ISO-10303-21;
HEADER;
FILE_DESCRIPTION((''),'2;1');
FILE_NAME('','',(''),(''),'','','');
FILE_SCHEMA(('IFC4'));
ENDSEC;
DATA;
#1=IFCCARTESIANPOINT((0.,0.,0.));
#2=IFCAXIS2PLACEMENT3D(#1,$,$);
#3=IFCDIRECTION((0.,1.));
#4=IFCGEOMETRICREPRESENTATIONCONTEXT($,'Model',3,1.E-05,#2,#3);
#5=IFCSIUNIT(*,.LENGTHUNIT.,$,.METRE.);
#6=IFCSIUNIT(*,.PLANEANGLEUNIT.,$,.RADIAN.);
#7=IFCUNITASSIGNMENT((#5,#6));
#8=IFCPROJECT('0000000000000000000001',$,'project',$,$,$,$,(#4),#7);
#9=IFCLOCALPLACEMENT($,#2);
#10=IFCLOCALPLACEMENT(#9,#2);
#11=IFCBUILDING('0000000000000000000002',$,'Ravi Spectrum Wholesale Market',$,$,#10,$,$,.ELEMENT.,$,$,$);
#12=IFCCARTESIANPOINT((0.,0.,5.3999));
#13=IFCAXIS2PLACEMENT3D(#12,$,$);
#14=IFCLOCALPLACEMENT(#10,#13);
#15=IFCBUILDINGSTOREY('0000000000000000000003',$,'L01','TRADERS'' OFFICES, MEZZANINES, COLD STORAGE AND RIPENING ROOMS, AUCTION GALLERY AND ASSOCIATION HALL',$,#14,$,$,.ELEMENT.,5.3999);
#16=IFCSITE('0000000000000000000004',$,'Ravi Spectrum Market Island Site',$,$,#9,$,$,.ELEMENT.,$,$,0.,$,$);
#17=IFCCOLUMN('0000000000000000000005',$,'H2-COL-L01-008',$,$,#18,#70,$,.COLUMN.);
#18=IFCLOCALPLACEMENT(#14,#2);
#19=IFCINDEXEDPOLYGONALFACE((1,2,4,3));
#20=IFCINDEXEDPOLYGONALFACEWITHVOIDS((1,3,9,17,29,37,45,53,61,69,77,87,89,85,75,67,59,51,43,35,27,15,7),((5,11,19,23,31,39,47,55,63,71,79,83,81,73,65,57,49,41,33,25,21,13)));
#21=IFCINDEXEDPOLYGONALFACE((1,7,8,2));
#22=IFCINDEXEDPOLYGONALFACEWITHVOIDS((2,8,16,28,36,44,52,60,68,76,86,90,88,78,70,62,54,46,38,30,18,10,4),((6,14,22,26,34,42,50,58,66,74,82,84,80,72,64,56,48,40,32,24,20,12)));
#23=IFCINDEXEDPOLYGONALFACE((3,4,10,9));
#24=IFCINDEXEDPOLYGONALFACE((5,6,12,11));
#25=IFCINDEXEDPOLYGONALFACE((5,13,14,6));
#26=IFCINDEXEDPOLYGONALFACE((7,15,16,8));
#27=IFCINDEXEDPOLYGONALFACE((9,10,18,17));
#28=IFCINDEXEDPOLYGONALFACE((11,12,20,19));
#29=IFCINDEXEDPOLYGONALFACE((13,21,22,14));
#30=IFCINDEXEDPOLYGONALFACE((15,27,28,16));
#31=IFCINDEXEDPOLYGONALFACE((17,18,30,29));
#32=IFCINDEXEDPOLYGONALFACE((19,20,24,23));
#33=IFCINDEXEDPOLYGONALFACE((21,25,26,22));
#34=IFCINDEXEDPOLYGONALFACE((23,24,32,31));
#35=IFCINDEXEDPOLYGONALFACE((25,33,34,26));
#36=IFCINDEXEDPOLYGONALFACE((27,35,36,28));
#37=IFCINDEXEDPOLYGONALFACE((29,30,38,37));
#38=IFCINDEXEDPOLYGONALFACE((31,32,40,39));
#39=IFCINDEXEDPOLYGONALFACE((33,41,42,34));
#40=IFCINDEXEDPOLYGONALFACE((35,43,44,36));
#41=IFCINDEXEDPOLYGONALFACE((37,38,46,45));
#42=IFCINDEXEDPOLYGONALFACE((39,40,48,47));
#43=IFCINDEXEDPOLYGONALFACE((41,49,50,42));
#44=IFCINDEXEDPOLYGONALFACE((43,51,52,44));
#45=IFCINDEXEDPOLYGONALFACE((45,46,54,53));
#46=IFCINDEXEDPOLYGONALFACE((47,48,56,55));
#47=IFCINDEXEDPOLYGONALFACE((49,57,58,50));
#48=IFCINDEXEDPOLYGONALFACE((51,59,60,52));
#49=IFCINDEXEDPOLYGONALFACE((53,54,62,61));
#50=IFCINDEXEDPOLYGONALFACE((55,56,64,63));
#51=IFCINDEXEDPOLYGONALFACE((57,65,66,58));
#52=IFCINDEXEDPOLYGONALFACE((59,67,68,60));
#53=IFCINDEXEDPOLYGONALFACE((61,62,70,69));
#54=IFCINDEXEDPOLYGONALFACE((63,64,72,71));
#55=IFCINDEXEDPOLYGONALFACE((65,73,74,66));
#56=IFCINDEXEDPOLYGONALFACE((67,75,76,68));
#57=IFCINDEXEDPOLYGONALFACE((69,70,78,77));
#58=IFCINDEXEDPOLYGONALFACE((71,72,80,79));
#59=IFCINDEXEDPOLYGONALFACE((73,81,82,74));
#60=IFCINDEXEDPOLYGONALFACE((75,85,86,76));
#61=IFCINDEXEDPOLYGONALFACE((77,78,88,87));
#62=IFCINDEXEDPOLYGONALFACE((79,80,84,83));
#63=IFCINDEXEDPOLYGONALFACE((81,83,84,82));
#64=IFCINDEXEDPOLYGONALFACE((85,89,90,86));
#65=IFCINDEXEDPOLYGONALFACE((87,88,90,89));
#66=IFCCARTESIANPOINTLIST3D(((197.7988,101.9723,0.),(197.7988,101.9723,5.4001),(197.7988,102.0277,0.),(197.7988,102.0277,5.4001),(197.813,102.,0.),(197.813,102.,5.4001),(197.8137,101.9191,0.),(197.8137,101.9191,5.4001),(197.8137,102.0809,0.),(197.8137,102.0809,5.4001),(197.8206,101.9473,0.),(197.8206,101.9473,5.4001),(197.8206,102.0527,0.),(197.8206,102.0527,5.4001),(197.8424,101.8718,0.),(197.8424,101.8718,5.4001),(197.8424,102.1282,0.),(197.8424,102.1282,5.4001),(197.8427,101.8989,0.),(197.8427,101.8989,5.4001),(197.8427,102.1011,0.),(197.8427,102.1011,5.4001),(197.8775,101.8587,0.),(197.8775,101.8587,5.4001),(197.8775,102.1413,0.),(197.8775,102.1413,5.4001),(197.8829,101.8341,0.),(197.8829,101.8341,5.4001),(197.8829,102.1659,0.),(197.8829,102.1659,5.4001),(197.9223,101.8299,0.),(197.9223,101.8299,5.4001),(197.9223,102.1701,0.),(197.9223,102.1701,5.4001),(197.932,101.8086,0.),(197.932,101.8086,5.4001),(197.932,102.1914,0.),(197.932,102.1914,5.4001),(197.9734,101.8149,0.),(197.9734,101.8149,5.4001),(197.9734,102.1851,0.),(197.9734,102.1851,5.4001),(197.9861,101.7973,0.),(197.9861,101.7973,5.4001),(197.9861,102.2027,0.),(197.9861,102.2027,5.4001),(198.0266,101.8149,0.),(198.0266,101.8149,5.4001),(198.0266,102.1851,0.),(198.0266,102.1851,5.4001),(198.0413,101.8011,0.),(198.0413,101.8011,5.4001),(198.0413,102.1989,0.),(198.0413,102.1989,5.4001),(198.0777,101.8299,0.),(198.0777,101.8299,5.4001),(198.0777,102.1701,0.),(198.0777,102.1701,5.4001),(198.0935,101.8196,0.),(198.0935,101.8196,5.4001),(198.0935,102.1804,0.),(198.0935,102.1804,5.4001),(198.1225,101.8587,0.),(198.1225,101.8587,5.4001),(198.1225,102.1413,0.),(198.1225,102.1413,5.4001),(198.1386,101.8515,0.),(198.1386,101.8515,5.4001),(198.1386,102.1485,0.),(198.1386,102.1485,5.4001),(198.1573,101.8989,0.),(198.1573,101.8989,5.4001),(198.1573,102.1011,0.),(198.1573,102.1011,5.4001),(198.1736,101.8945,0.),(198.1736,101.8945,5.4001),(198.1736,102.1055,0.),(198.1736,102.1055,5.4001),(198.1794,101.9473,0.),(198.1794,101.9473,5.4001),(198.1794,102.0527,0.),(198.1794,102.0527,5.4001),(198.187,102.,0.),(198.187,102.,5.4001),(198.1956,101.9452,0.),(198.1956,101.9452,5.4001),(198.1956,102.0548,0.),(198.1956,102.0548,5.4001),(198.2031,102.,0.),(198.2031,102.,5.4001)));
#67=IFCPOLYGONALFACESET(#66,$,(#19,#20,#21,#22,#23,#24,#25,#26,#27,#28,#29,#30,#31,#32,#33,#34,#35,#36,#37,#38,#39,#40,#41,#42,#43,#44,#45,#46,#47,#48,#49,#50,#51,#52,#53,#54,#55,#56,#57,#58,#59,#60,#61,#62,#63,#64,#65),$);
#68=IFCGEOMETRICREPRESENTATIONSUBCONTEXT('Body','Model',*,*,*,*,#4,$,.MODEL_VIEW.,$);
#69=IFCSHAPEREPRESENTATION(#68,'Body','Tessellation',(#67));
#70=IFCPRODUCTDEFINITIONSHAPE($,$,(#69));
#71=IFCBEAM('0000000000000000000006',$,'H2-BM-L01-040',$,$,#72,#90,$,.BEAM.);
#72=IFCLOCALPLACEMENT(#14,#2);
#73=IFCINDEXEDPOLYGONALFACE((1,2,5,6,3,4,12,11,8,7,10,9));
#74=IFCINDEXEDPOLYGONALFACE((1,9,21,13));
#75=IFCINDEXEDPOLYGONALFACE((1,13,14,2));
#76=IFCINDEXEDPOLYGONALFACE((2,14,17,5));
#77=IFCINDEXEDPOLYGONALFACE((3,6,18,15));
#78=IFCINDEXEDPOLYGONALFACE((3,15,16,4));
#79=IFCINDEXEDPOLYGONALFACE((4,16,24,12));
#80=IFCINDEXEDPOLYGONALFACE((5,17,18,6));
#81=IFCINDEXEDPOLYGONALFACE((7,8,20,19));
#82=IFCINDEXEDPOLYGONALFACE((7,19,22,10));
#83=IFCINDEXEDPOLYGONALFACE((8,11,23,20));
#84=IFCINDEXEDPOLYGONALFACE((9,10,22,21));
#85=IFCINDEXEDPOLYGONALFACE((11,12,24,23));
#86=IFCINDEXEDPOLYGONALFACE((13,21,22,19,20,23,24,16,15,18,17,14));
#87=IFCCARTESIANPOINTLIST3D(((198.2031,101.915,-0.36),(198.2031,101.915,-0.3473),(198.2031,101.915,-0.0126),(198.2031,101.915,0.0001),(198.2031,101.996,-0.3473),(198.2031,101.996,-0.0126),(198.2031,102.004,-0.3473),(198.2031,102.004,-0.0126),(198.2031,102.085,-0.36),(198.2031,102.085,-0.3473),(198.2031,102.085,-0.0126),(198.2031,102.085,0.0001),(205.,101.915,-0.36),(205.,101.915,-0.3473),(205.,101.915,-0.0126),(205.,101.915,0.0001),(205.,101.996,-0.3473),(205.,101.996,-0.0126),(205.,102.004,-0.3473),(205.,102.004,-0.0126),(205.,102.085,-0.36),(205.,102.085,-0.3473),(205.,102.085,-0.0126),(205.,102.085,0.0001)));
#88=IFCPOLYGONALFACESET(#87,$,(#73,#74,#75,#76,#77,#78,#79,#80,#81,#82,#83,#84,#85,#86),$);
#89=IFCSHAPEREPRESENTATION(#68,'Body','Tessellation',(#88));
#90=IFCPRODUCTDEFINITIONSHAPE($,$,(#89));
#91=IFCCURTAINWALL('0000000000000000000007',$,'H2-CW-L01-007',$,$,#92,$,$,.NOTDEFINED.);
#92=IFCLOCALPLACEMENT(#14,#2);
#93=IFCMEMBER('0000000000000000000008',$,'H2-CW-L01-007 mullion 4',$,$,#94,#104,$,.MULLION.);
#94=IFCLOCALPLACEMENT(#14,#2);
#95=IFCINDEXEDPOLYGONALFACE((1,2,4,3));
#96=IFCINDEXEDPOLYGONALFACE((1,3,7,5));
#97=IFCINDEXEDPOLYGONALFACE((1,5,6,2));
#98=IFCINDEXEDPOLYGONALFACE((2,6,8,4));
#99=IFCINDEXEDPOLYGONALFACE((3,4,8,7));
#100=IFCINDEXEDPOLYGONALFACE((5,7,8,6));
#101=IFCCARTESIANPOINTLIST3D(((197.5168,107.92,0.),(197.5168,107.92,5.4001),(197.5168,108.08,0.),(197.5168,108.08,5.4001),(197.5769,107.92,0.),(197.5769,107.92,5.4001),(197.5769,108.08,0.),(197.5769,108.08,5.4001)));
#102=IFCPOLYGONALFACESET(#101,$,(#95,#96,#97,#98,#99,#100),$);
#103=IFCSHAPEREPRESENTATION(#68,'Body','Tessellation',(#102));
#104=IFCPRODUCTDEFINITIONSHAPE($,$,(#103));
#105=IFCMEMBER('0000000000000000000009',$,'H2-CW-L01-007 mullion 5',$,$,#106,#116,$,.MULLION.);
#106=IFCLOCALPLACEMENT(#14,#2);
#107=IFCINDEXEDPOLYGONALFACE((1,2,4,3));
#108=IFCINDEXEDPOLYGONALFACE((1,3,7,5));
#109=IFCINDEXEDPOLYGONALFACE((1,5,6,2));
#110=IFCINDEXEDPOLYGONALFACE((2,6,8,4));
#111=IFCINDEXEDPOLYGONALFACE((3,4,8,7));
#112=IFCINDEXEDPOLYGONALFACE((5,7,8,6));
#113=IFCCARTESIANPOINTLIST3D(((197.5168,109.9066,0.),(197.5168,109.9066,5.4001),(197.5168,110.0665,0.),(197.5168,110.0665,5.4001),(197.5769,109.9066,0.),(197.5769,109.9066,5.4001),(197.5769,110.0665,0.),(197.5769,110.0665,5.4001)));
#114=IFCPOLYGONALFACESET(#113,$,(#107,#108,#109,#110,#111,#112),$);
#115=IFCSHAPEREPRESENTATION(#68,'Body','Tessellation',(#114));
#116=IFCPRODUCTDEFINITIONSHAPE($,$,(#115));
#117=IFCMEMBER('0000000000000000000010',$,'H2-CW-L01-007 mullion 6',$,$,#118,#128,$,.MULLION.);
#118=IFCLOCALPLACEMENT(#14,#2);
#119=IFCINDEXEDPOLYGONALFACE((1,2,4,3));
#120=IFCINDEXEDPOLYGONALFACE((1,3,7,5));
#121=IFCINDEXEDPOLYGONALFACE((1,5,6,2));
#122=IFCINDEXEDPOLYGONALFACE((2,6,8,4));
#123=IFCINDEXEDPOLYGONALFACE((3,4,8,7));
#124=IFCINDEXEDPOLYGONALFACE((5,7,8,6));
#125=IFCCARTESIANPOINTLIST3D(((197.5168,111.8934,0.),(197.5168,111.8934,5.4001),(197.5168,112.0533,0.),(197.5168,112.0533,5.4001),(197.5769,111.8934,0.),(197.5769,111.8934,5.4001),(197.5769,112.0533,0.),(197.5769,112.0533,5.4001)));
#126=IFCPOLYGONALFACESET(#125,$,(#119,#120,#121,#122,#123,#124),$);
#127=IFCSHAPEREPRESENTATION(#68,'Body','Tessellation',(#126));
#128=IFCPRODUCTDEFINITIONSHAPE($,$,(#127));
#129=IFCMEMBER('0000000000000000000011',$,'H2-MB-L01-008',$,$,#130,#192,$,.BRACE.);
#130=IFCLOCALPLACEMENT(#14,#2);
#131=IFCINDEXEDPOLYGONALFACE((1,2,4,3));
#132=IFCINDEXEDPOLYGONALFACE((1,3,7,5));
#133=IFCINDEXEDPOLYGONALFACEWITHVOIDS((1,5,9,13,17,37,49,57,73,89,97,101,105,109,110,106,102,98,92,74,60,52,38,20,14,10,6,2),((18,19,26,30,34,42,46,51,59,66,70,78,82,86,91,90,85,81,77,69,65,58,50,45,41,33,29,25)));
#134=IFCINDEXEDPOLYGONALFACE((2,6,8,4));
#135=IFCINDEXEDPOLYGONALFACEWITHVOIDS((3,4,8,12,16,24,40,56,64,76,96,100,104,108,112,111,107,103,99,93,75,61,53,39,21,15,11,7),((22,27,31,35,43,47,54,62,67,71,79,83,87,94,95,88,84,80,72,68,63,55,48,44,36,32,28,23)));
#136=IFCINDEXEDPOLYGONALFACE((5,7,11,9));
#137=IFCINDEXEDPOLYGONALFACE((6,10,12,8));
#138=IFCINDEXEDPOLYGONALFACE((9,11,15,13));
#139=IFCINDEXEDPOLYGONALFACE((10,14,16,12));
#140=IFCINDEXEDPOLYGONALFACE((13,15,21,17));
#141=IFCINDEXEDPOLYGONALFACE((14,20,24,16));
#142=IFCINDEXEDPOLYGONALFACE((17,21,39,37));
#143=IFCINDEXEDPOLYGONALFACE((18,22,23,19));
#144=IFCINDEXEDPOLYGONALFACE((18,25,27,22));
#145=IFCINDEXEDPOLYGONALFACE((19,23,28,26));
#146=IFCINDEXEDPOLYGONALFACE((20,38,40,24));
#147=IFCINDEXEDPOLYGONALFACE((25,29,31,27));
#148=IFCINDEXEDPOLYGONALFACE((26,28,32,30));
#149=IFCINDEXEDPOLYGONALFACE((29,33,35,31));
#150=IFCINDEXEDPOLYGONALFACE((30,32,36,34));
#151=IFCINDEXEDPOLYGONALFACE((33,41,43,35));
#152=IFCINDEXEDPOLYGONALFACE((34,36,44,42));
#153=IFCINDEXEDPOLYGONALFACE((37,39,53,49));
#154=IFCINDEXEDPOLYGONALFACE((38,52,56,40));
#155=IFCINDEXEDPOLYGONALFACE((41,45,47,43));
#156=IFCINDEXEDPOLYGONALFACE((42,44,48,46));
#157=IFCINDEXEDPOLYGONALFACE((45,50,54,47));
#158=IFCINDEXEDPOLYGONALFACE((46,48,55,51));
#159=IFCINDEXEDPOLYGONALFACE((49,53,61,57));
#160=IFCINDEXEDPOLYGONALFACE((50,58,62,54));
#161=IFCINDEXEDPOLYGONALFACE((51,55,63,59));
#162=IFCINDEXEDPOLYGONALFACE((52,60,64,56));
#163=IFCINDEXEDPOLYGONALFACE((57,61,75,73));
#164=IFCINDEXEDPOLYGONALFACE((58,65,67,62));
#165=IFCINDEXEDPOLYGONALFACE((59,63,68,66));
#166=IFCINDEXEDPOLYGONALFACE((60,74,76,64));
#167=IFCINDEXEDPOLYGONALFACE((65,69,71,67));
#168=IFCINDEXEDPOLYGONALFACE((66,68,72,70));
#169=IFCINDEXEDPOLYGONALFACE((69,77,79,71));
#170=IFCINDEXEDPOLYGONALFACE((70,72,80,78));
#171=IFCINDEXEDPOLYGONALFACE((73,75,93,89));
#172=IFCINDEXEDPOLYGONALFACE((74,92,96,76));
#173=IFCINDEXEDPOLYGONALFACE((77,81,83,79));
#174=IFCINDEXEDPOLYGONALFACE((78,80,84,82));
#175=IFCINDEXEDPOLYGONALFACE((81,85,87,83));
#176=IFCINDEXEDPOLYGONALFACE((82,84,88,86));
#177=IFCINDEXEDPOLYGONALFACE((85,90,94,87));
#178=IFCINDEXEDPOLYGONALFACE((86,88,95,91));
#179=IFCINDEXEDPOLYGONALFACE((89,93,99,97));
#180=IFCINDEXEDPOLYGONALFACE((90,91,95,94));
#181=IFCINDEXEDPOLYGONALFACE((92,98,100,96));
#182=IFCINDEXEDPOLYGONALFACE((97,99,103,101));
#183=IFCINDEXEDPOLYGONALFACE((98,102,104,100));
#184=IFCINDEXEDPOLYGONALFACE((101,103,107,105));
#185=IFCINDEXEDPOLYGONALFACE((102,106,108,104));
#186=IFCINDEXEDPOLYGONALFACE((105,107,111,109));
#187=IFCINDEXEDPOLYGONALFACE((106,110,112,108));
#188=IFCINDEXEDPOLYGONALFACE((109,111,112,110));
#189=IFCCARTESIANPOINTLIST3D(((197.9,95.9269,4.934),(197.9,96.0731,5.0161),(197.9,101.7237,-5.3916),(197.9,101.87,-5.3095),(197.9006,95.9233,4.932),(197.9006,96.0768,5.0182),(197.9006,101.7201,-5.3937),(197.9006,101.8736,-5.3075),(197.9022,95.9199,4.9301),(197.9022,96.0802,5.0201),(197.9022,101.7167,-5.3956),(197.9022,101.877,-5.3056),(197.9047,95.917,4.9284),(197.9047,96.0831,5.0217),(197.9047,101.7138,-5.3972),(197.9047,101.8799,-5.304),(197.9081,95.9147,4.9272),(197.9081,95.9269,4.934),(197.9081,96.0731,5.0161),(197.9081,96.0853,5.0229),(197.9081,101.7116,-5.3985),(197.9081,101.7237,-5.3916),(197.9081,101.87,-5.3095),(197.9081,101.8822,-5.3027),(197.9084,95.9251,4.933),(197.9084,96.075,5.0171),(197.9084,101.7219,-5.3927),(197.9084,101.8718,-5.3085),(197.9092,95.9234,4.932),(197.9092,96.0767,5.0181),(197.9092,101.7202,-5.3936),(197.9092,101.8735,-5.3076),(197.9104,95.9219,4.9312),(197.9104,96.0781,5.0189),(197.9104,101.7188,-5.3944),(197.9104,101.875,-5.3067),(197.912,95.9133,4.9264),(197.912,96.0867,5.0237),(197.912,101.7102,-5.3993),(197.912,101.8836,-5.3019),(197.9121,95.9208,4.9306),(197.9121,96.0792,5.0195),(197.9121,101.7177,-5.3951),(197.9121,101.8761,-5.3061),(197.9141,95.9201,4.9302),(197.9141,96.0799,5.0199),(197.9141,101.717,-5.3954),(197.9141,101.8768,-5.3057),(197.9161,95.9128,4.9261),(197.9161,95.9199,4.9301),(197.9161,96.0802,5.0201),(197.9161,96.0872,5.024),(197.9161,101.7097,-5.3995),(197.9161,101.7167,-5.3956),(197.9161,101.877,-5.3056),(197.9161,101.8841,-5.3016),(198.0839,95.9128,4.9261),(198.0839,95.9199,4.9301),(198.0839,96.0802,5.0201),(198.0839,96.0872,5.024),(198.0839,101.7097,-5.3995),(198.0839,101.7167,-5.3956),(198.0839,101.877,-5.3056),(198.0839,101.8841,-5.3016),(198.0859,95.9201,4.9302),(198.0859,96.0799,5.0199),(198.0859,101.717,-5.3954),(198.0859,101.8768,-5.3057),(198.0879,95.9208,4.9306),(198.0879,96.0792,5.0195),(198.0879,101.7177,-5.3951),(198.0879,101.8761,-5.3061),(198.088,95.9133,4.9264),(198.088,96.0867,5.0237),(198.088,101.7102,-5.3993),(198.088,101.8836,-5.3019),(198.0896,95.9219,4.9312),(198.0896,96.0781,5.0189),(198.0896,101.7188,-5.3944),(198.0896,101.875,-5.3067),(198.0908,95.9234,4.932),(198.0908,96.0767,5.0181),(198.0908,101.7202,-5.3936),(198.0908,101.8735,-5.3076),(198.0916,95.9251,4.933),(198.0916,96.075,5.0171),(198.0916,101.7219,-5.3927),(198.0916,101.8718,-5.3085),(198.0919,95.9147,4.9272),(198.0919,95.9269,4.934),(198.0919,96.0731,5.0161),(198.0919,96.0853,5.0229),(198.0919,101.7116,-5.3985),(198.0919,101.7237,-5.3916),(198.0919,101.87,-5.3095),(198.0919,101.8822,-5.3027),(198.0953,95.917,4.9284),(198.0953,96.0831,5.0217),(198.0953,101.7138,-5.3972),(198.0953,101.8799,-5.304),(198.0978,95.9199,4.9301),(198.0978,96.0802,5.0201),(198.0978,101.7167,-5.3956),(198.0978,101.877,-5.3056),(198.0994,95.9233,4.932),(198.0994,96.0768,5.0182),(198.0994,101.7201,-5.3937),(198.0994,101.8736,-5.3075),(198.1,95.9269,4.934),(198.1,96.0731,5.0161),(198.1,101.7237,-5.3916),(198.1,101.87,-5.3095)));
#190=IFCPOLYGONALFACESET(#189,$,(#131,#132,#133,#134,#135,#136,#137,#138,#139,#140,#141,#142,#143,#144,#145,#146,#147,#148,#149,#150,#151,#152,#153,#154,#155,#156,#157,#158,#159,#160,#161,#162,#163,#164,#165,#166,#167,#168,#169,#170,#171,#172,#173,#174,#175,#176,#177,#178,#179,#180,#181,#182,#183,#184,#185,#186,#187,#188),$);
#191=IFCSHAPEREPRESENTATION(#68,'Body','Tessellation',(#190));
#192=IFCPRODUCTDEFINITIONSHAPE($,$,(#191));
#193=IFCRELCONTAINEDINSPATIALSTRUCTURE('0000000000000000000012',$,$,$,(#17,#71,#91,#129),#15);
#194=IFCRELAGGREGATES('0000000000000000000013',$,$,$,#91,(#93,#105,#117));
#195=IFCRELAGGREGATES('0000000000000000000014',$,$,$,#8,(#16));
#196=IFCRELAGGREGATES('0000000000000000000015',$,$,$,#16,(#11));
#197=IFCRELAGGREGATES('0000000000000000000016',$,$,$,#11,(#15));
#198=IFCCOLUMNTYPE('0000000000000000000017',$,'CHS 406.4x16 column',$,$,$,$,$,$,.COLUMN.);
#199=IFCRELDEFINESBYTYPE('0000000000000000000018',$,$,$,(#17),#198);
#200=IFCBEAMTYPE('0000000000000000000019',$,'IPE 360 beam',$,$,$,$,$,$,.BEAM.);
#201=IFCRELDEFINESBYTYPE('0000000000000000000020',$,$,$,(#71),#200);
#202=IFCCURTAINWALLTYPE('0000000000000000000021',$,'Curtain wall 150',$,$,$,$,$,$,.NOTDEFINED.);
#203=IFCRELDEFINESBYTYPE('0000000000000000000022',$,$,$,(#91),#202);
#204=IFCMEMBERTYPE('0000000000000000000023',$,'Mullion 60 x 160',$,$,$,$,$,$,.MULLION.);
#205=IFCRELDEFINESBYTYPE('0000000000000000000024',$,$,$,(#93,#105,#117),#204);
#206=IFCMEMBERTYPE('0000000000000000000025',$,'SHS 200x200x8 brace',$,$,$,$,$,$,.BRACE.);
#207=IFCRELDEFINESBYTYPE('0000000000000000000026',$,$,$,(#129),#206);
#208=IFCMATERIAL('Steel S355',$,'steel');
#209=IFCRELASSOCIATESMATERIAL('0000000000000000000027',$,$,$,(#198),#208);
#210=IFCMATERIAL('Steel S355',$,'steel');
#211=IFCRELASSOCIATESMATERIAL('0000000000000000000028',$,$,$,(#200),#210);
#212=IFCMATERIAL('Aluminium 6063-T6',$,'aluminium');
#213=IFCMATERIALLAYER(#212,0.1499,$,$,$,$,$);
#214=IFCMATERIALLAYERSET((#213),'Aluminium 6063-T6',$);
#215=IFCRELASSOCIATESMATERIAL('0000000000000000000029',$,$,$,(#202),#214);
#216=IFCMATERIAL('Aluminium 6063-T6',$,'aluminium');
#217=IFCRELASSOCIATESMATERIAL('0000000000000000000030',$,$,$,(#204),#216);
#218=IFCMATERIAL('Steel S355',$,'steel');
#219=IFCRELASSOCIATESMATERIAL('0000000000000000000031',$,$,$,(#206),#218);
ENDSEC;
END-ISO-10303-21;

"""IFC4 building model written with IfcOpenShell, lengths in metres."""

from ifc_helpers import new_model, si_unit, direction, frame, origin, origin_2d, place, context, subcontext, project, spatial, rectangle, hollow_rectangle, hollow_circle, i_section, extrude, material, layer, layer_set, material_profile, profile_set, type_object, element, aggregate, save


model = new_model("IFC4")

# Units and contexts
model_context = context("Model", 3, precision=1e-05, world=origin(), true_north=direction((0.0, 1.0)))
body_context = subcontext(model_context, "Body", "Model", "MODEL_VIEW")
ifc_project = project(units=[si_unit("LENGTHUNIT", "METRE"), si_unit("PLANEANGLEUNIT", "RADIAN")], contexts=[model_context])

# Site, building, storey
site_placement = place(None, origin())
site = spatial("IfcSite", under=ifc_project, at=site_placement, Name="Ravi Spectrum Market Island Site", CompositionType="ELEMENT", RefElevation=0.0)
building_placement = place(site_placement, origin())
building = spatial("IfcBuilding", under=site, at=building_placement, Name="Ravi Spectrum Wholesale Market", CompositionType="ELEMENT")
storey_placement = place(building_placement, frame((0.0, 0.0, 5.3999)))
storey = spatial("IfcBuildingStorey", under=building, at=storey_placement, Name="L01", Description="TRADERS' OFFICES, MEZZANINES, COLD STORAGE AND RIPENING ROOMS, AUCTION GALLERY AND ASSOCIATION HALL", CompositionType="ELEMENT", Elevation=5.3999)

# Column
ifc_material_1 = material(Name="Steel S355", Category="steel")
ifc_material_profile_1 = material_profile(ifc_material_1, hollow_circle(Radius=0.2031, WallThickness=0.0161, at=origin_2d()))
ifc_profile_set_1 = profile_set([ifc_material_profile_1], Name="Steel S355")
column_type = type_object("IfcColumnType", Name="CHS 406.4x16 column", PredefinedType="COLUMN", material=ifc_profile_set_1)
column_placement = place(storey_placement, frame((198.0, 102.0, 0.0), z_axis=(0.0, 0.0, 1.0), x_axis=(1.0, 0.0, 0.0)))
element("IfcColumn", 1, at=column_placement, inside=storey, type_object=column_type, Name="H2-COL-L01-008", PredefinedType="COLUMN", context=body_context, shape_type="SweptSolid", body=[
    extrude(hollow_circle(Radius=0.2031, WallThickness=0.0161, at=origin_2d()), origin(), (0.0, 0.0, 1.0), 5.4001),
])

# Beam
ifc_material_2 = material(Name="Steel S355", Category="steel")
ifc_material_profile_2 = material_profile(ifc_material_2, i_section(OverallWidth=0.1699, OverallDepth=0.3601, WebThickness=0.0081, FlangeThickness=0.0127, at=origin_2d()))
ifc_profile_set_2 = profile_set([ifc_material_profile_2], Name="Steel S355")
beam_type = type_object("IfcBeamType", Name="IPE 360 beam", PredefinedType="BEAM", material=ifc_profile_set_2)
beam_placement = place(storey_placement, frame((198.2031, 102.0, -0.1799), z_axis=(1.0, 0.0, 0.0), x_axis=(0.0, 1.0, 0.0)))
element("IfcBeam", 2, at=beam_placement, inside=storey, type_object=beam_type, Name="H2-BM-L01-040", PredefinedType="BEAM", context=body_context, shape_type="SweptSolid", body=[
    extrude(i_section(OverallWidth=0.1699, OverallDepth=0.3601, WebThickness=0.0081, FlangeThickness=0.0127, at=origin_2d()), origin(), (0.0, 0.0, 1.0), 6.7969),
])

# Curtain wall, members
ifc_material_3 = material(Name="Aluminium 6063-T6", Category="aluminium")
ifc_layer_1 = layer(ifc_material_3, 0.1499)
ifc_layer_set_1 = layer_set([ifc_layer_1], Name="Aluminium 6063-T6")
curtain_wall_type = type_object("IfcCurtainWallType", Name="Curtain wall 150", PredefinedType="NOTDEFINED", material=ifc_layer_set_1)
curtain_wall_placement = place(storey_placement, origin())
curtain_wall = element("IfcCurtainWall", 3, at=curtain_wall_placement, inside=storey, type_object=curtain_wall_type, Name="H2-CW-L01-007", PredefinedType="NOTDEFINED")
ifc_material_4 = material(Name="Aluminium 6063-T6", Category="aluminium")
ifc_material_profile_3 = material_profile(ifc_material_4, rectangle(XDim=0.0601, YDim=0.1599, at=origin_2d()))
ifc_profile_set_3 = profile_set([ifc_material_profile_3], Name="Aluminium 6063-T6")
member_type_1 = type_object("IfcMemberType", Name="Mullion 60 x 160", PredefinedType="MULLION", material=ifc_profile_set_3)
member_1_placement = place(storey_placement, frame((197.5469, 108.0, 0.0), z_axis=(0.0, 0.0, 1.0), x_axis=(-1.0, 0.0, 0.0)))
member_1 = element("IfcMember", 4, at=member_1_placement, type_object=member_type_1, Name="H2-CW-L01-007 mullion 4", PredefinedType="MULLION", context=body_context, shape_type="SweptSolid", body=[
    extrude(rectangle(XDim=0.0601, YDim=0.1599, at=origin_2d()), origin(), (0.0, 0.0, 1.0), 5.4001),
])
member_2_placement = place(storey_placement, frame((197.5469, 109.9866, 0.0), z_axis=(0.0, 0.0, 1.0), x_axis=(-1.0, 0.0, 0.0)))
member_2 = element("IfcMember", 5, at=member_2_placement, type_object=member_type_1, Name="H2-CW-L01-007 mullion 5", PredefinedType="MULLION", context=body_context, shape_type="SweptSolid", body=[
    extrude(rectangle(XDim=0.0601, YDim=0.1599, at=origin_2d()), origin(), (0.0, 0.0, 1.0), 5.4001),
])
member_3_placement = place(storey_placement, frame((197.5469, 111.9734, 0.0), z_axis=(0.0, 0.0, 1.0), x_axis=(-1.0, 0.0, 0.0)))
member_3 = element("IfcMember", 6, at=member_3_placement, type_object=member_type_1, Name="H2-CW-L01-007 mullion 6", PredefinedType="MULLION", context=body_context, shape_type="SweptSolid", body=[
    extrude(rectangle(XDim=0.0601, YDim=0.1599, at=origin_2d()), origin(), (0.0, 0.0, 1.0), 5.4001),
])

# Member
ifc_material_5 = material(Name="Steel S355", Category="steel")
ifc_material_profile_4 = material_profile(ifc_material_5, hollow_rectangle(XDim=0.2, YDim=0.2, WallThickness=0.0081, InnerFilletRadius=0.0081, OuterFilletRadius=0.0161, at=origin_2d()))
ifc_profile_set_4 = profile_set([ifc_material_profile_4], Name="Steel S355")
member_type_2 = type_object("IfcMemberType", Name="SHS 200x200x8 brace", PredefinedType="BRACE", material=ifc_profile_set_4)
member_4_placement = place(storey_placement, frame((198.0, 101.7969, -5.3506), z_axis=(0.0, -0.489535, 0.871984), x_axis=(1.0, 0.0, 0.0)))
element("IfcMember", 7, at=member_4_placement, inside=storey, type_object=member_type_2, Name="H2-MB-L01-008", PredefinedType="BRACE", context=body_context, shape_type="SweptSolid", body=[
    extrude(hollow_rectangle(XDim=0.2, YDim=0.2, WallThickness=0.0081, InnerFilletRadius=0.0081, OuterFilletRadius=0.0161, at=origin_2d()), origin(), (0.0, 0.0, 1.0), 11.8416),
])

aggregate(curtain_wall, [member_1, member_2, member_3])

save(model, "model.ifc")
